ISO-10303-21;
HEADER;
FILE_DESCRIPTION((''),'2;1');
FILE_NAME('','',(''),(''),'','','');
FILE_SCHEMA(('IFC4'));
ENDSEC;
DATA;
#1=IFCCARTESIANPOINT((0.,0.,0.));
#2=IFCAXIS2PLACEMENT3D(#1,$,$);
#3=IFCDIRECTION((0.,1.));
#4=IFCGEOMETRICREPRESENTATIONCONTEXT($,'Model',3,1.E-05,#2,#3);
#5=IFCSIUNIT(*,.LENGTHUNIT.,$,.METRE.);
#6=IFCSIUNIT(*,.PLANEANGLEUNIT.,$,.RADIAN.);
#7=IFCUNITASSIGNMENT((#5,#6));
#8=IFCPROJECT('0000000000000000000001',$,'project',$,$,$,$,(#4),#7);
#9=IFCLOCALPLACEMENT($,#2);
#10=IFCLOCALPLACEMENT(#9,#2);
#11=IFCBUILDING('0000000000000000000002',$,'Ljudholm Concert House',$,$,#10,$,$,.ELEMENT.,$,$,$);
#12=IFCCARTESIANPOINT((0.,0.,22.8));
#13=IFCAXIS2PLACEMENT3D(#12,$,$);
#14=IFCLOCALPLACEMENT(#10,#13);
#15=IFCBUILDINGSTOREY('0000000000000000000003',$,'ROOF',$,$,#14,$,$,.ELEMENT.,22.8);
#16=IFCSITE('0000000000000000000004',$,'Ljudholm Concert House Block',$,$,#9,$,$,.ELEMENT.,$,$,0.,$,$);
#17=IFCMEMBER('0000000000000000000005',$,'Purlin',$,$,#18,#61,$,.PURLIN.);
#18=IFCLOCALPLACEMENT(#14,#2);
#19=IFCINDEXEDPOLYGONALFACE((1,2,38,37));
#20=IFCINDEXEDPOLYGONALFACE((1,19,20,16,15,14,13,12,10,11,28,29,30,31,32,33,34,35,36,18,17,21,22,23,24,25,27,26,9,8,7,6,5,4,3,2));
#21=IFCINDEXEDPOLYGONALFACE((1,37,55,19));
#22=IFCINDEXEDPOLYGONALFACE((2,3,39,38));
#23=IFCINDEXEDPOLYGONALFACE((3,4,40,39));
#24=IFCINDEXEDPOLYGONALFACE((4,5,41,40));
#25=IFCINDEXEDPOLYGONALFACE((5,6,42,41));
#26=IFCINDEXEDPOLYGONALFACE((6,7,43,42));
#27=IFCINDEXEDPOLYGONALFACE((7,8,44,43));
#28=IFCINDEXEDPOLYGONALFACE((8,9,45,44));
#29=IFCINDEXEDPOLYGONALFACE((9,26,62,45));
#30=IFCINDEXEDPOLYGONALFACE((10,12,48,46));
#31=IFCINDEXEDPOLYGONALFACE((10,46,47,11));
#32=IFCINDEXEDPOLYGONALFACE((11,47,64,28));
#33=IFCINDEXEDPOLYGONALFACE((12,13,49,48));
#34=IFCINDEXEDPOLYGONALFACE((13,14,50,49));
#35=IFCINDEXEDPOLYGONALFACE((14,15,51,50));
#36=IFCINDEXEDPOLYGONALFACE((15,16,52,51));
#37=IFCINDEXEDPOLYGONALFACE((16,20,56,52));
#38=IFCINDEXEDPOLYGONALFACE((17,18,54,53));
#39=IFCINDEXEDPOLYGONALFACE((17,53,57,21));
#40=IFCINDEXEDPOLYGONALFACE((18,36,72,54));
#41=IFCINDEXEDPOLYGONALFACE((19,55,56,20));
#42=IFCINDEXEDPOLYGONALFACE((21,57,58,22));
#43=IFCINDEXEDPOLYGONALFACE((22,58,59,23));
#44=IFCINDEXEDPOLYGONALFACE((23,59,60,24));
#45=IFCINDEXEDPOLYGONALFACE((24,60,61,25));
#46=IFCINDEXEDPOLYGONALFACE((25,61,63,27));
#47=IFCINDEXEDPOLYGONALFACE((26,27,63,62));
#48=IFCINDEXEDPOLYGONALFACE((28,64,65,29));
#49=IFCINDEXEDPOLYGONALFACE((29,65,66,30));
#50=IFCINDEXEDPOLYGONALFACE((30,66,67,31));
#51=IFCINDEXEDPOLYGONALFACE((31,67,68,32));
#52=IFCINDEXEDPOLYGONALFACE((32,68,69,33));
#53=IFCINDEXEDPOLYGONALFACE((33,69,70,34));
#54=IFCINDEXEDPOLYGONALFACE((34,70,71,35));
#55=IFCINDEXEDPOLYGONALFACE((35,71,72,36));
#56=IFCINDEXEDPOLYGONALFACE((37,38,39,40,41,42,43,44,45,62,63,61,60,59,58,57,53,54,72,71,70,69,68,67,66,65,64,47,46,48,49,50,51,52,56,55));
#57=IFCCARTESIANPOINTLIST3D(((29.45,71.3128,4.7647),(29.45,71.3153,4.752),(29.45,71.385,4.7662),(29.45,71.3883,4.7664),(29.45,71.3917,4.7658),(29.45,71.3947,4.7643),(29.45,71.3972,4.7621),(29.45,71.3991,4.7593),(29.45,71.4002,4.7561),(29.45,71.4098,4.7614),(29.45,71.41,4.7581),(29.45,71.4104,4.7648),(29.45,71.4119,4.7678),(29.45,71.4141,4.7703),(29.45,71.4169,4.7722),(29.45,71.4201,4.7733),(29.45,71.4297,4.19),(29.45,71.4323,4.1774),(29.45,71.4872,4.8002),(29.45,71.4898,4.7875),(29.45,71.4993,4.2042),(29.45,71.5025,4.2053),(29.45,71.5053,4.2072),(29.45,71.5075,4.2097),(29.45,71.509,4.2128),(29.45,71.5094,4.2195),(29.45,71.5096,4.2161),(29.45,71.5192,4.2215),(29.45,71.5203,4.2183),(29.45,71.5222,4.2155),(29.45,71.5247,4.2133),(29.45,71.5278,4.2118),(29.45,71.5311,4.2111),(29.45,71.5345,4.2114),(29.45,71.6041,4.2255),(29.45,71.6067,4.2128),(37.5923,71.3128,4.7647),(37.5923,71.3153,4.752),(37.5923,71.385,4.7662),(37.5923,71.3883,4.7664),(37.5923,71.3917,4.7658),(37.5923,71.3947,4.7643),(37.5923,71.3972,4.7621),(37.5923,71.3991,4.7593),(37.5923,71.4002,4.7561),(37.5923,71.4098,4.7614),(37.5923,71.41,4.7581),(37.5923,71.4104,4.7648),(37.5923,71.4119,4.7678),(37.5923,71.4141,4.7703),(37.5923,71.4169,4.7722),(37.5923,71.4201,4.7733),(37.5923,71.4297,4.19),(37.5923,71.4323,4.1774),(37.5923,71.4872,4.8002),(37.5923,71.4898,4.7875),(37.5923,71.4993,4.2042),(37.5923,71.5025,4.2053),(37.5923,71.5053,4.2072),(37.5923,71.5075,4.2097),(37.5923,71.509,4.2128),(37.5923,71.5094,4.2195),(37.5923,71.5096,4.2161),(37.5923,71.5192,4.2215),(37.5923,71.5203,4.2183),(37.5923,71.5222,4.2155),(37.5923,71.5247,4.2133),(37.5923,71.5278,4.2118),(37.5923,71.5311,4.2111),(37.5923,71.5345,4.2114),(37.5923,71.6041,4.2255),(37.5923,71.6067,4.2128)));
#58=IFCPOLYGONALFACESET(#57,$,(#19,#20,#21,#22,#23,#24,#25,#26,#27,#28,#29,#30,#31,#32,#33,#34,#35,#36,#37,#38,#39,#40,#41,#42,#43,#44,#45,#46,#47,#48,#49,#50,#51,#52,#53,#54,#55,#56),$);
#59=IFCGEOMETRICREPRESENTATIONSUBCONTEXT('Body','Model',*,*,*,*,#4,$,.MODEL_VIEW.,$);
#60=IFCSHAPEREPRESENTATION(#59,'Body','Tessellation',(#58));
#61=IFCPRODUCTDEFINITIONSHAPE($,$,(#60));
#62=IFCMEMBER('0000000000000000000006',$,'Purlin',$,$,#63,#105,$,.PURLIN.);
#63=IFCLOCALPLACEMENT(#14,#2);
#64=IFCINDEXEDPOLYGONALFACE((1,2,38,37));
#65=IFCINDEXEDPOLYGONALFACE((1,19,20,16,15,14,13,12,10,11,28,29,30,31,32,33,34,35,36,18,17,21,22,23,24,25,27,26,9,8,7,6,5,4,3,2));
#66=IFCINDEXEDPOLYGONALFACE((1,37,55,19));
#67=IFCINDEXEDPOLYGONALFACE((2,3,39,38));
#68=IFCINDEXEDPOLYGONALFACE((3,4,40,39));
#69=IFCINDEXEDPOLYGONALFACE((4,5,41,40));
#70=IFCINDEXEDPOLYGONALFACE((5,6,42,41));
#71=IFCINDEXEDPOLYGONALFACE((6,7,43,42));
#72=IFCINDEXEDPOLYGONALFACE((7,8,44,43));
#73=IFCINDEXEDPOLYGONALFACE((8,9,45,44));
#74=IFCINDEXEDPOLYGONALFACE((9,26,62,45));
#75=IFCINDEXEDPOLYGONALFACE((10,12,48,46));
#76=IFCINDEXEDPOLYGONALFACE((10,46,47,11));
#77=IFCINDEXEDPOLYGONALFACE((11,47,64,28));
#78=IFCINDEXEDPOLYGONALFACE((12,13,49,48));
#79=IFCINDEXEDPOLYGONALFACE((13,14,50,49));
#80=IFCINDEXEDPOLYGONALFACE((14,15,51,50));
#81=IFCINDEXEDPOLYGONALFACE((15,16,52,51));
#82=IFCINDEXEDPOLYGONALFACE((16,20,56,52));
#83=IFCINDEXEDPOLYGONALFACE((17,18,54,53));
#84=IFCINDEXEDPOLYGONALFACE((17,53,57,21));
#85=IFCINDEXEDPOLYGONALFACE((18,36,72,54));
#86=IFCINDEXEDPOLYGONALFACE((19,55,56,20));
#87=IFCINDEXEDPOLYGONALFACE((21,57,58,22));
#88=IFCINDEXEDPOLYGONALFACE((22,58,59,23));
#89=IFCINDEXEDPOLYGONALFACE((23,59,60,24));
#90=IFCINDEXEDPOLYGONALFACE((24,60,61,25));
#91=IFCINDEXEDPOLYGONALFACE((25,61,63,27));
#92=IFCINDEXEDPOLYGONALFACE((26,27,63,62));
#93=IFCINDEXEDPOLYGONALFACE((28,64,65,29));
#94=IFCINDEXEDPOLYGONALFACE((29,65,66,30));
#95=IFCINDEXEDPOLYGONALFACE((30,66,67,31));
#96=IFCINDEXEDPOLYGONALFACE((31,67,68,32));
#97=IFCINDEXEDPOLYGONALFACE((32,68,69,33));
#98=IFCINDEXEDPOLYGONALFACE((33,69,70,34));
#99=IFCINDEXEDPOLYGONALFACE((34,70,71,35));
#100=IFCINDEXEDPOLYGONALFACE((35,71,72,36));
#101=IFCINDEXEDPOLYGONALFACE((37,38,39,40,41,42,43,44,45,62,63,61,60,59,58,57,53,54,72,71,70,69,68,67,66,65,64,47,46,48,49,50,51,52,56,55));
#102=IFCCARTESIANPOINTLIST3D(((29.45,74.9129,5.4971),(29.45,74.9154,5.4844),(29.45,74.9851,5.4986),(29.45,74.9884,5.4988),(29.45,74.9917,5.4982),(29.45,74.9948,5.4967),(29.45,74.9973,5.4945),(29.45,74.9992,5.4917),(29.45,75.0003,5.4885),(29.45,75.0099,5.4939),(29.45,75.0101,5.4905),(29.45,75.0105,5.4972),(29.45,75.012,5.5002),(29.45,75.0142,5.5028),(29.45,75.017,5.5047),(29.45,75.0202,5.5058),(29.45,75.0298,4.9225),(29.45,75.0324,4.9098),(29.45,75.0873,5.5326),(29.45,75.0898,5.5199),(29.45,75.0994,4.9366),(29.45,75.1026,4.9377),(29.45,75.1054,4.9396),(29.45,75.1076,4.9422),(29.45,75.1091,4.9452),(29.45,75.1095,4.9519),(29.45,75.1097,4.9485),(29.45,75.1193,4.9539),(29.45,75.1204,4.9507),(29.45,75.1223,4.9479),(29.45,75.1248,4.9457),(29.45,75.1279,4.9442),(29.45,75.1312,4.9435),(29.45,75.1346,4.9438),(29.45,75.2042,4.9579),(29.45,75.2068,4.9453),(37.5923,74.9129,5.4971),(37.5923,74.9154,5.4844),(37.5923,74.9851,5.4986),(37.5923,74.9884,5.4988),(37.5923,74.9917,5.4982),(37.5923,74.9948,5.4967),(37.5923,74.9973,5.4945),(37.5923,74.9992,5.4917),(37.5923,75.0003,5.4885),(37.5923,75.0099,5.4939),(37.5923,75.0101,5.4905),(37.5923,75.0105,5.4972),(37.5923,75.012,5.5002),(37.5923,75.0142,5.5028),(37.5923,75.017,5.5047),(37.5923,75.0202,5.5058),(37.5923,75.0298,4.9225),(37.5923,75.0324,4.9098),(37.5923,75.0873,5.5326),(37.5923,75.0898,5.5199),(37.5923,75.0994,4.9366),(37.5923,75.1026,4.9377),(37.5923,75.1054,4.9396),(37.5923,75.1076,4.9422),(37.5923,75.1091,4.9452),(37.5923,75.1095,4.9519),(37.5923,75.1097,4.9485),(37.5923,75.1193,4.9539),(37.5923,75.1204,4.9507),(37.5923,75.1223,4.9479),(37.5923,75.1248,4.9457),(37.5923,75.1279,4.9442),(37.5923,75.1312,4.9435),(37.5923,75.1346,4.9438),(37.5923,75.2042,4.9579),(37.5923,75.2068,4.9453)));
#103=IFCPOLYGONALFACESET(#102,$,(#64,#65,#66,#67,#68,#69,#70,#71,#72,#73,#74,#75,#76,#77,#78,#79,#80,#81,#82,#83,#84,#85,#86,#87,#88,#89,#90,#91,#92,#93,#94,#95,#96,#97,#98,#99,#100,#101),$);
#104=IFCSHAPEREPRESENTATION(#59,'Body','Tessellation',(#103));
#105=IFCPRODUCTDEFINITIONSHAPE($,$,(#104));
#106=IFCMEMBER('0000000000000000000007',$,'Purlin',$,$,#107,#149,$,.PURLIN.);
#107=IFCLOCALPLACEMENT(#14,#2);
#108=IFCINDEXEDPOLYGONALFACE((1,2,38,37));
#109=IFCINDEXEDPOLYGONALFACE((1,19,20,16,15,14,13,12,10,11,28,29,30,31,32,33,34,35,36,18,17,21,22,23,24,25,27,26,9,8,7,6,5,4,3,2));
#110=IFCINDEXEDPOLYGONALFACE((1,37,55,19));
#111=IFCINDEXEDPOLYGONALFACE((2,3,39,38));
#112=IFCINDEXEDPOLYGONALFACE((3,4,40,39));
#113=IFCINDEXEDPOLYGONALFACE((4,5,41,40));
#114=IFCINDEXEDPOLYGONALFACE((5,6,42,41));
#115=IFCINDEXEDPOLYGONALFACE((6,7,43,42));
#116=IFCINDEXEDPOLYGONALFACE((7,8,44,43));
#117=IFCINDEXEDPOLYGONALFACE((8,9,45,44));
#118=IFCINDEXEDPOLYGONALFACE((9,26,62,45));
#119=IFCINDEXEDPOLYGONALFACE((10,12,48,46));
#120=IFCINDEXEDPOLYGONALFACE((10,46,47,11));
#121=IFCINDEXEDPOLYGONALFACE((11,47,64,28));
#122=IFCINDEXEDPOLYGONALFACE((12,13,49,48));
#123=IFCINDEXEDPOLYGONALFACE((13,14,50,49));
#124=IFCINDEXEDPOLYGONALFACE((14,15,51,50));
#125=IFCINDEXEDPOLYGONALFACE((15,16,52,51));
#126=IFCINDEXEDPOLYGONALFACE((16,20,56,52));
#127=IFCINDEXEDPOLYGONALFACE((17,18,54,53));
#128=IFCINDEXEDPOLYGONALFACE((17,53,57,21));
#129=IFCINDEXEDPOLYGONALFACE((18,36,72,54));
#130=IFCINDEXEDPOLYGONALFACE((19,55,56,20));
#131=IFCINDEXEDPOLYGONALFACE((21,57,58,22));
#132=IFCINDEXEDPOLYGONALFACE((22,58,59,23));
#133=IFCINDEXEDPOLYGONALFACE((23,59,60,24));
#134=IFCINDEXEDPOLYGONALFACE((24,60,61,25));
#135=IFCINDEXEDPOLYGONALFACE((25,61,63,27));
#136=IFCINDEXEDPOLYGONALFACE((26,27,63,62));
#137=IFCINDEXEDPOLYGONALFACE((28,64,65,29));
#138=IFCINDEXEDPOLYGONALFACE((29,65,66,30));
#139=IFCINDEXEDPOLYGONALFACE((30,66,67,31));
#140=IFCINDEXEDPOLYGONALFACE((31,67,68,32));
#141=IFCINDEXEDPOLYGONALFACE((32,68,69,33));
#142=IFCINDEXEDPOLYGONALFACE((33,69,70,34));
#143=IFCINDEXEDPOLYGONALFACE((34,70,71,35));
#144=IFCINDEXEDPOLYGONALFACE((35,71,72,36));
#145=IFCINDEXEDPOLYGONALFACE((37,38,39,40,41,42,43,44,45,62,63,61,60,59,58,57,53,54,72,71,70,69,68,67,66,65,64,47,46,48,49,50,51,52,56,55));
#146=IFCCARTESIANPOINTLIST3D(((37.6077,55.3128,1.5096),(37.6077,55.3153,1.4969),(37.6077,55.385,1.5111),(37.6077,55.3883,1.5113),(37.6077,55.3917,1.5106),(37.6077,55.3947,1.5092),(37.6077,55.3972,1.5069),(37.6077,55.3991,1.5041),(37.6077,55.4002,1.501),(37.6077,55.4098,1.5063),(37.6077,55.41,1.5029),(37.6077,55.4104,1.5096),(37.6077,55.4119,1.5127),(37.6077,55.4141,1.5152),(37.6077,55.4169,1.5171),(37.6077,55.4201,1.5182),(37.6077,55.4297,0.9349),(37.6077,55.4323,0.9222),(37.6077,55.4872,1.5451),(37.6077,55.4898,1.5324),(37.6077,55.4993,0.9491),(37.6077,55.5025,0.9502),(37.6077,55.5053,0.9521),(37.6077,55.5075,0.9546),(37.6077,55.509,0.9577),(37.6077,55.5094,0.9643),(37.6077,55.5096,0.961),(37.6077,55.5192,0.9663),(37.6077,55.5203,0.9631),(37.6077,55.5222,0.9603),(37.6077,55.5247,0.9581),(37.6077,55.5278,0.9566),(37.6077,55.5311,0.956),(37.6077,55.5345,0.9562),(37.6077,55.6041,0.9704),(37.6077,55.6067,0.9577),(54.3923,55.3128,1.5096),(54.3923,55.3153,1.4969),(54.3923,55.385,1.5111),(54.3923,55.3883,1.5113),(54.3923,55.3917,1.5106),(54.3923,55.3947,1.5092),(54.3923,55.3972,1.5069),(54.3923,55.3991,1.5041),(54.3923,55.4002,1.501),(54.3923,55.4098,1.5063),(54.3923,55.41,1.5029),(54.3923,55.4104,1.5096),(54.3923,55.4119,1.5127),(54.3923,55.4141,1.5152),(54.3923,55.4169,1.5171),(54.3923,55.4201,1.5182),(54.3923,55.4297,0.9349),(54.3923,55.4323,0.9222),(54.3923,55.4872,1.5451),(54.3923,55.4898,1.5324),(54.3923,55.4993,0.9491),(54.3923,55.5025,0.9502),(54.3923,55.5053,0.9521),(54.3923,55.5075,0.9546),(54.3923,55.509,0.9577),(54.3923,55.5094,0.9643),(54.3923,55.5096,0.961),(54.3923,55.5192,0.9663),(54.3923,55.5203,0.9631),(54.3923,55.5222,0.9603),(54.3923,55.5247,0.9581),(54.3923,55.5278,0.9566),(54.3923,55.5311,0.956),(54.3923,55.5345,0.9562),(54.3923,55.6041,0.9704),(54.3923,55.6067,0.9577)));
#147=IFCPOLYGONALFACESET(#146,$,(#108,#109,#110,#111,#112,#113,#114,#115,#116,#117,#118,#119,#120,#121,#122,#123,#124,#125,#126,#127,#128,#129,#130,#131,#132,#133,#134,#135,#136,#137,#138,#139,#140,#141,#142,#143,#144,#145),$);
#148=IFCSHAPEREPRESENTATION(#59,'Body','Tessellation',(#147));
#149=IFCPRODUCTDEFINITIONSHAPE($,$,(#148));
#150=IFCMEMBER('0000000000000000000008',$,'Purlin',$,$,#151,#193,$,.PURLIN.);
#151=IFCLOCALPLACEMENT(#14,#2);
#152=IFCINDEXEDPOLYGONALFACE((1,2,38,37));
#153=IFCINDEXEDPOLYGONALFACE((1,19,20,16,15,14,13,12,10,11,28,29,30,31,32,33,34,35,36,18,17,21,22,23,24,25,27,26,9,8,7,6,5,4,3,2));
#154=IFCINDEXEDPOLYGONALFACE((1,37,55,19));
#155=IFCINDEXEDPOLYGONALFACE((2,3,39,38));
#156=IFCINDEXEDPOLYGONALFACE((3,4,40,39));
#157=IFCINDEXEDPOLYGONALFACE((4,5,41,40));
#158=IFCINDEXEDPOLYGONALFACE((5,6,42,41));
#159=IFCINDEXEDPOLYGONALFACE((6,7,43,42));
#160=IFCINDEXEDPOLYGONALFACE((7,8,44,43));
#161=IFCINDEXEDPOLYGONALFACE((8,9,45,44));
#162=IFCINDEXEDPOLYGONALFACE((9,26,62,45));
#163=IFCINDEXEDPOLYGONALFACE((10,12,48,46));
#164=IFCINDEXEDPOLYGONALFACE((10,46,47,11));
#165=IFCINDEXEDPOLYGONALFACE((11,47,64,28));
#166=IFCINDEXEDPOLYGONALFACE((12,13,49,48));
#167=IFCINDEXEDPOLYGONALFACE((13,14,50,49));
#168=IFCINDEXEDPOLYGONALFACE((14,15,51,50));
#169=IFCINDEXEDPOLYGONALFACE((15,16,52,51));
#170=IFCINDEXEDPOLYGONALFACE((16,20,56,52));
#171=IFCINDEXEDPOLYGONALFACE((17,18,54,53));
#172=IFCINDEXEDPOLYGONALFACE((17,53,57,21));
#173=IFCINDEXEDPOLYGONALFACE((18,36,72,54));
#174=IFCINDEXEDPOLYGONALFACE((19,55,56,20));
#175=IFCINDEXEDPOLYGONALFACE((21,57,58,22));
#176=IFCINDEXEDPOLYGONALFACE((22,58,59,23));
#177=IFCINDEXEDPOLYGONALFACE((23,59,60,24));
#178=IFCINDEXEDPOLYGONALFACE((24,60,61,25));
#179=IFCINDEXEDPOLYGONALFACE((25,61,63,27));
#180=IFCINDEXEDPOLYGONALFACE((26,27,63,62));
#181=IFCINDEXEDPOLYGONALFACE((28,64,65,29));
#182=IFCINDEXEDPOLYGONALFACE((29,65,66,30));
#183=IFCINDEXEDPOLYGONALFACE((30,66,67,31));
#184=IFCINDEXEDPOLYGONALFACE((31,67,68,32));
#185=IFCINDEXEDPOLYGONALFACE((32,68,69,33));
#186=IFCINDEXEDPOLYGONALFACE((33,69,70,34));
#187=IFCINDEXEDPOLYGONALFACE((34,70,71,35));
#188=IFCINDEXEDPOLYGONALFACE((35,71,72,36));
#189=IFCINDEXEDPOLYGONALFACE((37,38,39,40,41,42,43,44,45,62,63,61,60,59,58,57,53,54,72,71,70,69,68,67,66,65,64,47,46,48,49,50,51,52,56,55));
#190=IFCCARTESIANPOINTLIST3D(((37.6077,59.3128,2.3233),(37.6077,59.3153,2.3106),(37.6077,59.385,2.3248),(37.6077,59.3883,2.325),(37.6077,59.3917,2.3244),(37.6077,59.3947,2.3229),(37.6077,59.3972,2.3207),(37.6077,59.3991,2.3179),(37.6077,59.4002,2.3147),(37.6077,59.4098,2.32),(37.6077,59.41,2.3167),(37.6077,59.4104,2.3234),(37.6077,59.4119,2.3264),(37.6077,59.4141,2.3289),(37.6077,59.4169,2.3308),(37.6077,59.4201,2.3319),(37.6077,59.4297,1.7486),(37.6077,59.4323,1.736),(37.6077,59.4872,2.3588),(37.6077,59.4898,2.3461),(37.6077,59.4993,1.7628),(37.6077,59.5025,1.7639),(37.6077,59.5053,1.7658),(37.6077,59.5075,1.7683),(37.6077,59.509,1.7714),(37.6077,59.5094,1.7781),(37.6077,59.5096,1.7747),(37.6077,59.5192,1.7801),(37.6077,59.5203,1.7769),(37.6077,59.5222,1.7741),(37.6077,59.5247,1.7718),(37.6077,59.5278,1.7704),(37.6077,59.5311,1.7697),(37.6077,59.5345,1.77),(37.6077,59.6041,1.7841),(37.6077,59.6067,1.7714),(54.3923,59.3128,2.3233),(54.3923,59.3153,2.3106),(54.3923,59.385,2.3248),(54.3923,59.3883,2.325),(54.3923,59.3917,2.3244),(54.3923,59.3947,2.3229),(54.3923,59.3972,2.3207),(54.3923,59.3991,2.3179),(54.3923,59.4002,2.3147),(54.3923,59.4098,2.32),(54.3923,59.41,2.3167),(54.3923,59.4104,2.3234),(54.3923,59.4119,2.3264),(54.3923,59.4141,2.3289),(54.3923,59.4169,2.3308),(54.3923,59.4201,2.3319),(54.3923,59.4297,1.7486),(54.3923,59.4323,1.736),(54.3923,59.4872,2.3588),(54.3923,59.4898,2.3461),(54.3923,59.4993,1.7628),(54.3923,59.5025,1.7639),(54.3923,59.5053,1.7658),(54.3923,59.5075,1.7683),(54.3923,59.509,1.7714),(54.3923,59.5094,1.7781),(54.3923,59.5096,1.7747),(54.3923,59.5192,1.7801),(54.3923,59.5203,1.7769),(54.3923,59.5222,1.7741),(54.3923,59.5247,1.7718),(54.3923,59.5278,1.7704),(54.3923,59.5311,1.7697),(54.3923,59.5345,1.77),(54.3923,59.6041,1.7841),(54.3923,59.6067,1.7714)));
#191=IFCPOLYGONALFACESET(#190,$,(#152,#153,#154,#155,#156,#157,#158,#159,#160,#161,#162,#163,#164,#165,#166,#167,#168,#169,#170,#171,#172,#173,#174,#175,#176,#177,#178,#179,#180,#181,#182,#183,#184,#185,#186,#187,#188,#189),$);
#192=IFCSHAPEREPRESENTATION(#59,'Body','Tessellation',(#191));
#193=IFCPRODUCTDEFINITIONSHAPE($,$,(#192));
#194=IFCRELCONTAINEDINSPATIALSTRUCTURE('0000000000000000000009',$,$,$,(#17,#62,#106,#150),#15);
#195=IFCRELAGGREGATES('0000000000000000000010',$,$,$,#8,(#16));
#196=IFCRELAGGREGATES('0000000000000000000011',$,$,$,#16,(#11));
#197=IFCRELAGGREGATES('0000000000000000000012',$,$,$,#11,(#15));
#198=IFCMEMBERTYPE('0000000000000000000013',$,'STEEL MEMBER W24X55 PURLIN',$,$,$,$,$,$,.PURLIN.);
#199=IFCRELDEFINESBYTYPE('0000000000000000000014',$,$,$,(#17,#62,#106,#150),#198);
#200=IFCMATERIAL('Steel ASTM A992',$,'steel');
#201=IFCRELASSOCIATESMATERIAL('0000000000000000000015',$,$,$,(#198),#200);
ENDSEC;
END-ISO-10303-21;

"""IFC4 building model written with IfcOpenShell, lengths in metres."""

from ifc_helpers import new_model, si_unit, direction, frame, origin, origin_2d, place, context, subcontext, project, spatial, i_section, extrude, material, material_profile, profile_set, type_object, element, save


model = new_model("IFC4")

# Units and contexts
model_context = context("Model", 3, precision=1e-05, world=origin(), true_north=direction((0.0, 1.0)))
body_context = subcontext(model_context, "Body", "Model", "MODEL_VIEW")
ifc_project = project(units=[si_unit("LENGTHUNIT", "METRE"), si_unit("PLANEANGLEUNIT", "RADIAN")], contexts=[model_context])

# Site, building, storey
site_placement = place(None, origin())
site = spatial("IfcSite", under=ifc_project, at=site_placement, Name="Ljudholm Concert House Block", CompositionType="ELEMENT", RefElevation=0.0)
building_placement = place(site_placement, origin())
building = spatial("IfcBuilding", under=site, at=building_placement, Name="Ljudholm Concert House", CompositionType="ELEMENT")
storey_placement = place(building_placement, frame((0.0, 0.0, 22.8)))
storey = spatial("IfcBuildingStorey", under=building, at=storey_placement, Name="ROOF", CompositionType="ELEMENT", Elevation=22.8)

# Members
ifc_material_1 = material(Name="Steel ASTM A992", Category="steel")
ifc_material_profile_1 = material_profile(ifc_material_1, i_section(OverallWidth=0.178, OverallDepth=0.5994, WebThickness=0.01, FlangeThickness=0.0129, FilletRadius=0.0129, at=origin_2d()), Name="W24X55")
ifc_profile_set_1 = profile_set([ifc_material_profile_1], Name="Steel ASTM A992")
member_type_1 = type_object("IfcMemberType", Name="STEEL MEMBER W24X55 PURLIN", PredefinedType="PURLIN", material=ifc_profile_set_1)
for number, where, z_axis, x_axis, name in (
    (1, (29.45, 71.4597, 4.4888), (1.0, 0.0, 0.0), (0.0, 0.979925, 0.199368), "Purlin"),
    (2, (29.45, 75.0598, 5.2212), (1.0, 0.0, 0.0), (0.0, 0.979925, 0.199368), "Purlin"),
):
    element("IfcMember", number, at=place(storey_placement, frame(where, z_axis=z_axis, x_axis=x_axis)), inside=storey, type_object=member_type_1, Name=name, PredefinedType="PURLIN", context=body_context, shape_type="SweptSolid", body=[
        extrude(i_section(OverallWidth=0.178, OverallDepth=0.5994, WebThickness=0.01, FlangeThickness=0.0129, FilletRadius=0.0129, at=origin_2d()), origin(), (0.0, 0.0, 1.0), 8.1423),
    ])
for number, where, z_axis, x_axis, name in (
    (3, (37.6077, 55.4597, 1.2336), (1.0, 0.0, 0.0), (0.0, 0.979925, 0.199368), "Purlin"),
    (4, (37.6077, 59.4597, 2.0474), (1.0, 0.0, 0.0), (0.0, 0.979925, 0.199368), "Purlin"),
):
    element("IfcMember", number, at=place(storey_placement, frame(where, z_axis=z_axis, x_axis=x_axis)), inside=storey, type_object=member_type_1, Name=name, PredefinedType="PURLIN", context=body_context, shape_type="SweptSolid", body=[
        extrude(i_section(OverallWidth=0.178, OverallDepth=0.5994, WebThickness=0.01, FlangeThickness=0.0129, FilletRadius=0.0129, at=origin_2d()), origin(), (0.0, 0.0, 1.0), 16.7847),
    ])

save(model, "model.ifc")
